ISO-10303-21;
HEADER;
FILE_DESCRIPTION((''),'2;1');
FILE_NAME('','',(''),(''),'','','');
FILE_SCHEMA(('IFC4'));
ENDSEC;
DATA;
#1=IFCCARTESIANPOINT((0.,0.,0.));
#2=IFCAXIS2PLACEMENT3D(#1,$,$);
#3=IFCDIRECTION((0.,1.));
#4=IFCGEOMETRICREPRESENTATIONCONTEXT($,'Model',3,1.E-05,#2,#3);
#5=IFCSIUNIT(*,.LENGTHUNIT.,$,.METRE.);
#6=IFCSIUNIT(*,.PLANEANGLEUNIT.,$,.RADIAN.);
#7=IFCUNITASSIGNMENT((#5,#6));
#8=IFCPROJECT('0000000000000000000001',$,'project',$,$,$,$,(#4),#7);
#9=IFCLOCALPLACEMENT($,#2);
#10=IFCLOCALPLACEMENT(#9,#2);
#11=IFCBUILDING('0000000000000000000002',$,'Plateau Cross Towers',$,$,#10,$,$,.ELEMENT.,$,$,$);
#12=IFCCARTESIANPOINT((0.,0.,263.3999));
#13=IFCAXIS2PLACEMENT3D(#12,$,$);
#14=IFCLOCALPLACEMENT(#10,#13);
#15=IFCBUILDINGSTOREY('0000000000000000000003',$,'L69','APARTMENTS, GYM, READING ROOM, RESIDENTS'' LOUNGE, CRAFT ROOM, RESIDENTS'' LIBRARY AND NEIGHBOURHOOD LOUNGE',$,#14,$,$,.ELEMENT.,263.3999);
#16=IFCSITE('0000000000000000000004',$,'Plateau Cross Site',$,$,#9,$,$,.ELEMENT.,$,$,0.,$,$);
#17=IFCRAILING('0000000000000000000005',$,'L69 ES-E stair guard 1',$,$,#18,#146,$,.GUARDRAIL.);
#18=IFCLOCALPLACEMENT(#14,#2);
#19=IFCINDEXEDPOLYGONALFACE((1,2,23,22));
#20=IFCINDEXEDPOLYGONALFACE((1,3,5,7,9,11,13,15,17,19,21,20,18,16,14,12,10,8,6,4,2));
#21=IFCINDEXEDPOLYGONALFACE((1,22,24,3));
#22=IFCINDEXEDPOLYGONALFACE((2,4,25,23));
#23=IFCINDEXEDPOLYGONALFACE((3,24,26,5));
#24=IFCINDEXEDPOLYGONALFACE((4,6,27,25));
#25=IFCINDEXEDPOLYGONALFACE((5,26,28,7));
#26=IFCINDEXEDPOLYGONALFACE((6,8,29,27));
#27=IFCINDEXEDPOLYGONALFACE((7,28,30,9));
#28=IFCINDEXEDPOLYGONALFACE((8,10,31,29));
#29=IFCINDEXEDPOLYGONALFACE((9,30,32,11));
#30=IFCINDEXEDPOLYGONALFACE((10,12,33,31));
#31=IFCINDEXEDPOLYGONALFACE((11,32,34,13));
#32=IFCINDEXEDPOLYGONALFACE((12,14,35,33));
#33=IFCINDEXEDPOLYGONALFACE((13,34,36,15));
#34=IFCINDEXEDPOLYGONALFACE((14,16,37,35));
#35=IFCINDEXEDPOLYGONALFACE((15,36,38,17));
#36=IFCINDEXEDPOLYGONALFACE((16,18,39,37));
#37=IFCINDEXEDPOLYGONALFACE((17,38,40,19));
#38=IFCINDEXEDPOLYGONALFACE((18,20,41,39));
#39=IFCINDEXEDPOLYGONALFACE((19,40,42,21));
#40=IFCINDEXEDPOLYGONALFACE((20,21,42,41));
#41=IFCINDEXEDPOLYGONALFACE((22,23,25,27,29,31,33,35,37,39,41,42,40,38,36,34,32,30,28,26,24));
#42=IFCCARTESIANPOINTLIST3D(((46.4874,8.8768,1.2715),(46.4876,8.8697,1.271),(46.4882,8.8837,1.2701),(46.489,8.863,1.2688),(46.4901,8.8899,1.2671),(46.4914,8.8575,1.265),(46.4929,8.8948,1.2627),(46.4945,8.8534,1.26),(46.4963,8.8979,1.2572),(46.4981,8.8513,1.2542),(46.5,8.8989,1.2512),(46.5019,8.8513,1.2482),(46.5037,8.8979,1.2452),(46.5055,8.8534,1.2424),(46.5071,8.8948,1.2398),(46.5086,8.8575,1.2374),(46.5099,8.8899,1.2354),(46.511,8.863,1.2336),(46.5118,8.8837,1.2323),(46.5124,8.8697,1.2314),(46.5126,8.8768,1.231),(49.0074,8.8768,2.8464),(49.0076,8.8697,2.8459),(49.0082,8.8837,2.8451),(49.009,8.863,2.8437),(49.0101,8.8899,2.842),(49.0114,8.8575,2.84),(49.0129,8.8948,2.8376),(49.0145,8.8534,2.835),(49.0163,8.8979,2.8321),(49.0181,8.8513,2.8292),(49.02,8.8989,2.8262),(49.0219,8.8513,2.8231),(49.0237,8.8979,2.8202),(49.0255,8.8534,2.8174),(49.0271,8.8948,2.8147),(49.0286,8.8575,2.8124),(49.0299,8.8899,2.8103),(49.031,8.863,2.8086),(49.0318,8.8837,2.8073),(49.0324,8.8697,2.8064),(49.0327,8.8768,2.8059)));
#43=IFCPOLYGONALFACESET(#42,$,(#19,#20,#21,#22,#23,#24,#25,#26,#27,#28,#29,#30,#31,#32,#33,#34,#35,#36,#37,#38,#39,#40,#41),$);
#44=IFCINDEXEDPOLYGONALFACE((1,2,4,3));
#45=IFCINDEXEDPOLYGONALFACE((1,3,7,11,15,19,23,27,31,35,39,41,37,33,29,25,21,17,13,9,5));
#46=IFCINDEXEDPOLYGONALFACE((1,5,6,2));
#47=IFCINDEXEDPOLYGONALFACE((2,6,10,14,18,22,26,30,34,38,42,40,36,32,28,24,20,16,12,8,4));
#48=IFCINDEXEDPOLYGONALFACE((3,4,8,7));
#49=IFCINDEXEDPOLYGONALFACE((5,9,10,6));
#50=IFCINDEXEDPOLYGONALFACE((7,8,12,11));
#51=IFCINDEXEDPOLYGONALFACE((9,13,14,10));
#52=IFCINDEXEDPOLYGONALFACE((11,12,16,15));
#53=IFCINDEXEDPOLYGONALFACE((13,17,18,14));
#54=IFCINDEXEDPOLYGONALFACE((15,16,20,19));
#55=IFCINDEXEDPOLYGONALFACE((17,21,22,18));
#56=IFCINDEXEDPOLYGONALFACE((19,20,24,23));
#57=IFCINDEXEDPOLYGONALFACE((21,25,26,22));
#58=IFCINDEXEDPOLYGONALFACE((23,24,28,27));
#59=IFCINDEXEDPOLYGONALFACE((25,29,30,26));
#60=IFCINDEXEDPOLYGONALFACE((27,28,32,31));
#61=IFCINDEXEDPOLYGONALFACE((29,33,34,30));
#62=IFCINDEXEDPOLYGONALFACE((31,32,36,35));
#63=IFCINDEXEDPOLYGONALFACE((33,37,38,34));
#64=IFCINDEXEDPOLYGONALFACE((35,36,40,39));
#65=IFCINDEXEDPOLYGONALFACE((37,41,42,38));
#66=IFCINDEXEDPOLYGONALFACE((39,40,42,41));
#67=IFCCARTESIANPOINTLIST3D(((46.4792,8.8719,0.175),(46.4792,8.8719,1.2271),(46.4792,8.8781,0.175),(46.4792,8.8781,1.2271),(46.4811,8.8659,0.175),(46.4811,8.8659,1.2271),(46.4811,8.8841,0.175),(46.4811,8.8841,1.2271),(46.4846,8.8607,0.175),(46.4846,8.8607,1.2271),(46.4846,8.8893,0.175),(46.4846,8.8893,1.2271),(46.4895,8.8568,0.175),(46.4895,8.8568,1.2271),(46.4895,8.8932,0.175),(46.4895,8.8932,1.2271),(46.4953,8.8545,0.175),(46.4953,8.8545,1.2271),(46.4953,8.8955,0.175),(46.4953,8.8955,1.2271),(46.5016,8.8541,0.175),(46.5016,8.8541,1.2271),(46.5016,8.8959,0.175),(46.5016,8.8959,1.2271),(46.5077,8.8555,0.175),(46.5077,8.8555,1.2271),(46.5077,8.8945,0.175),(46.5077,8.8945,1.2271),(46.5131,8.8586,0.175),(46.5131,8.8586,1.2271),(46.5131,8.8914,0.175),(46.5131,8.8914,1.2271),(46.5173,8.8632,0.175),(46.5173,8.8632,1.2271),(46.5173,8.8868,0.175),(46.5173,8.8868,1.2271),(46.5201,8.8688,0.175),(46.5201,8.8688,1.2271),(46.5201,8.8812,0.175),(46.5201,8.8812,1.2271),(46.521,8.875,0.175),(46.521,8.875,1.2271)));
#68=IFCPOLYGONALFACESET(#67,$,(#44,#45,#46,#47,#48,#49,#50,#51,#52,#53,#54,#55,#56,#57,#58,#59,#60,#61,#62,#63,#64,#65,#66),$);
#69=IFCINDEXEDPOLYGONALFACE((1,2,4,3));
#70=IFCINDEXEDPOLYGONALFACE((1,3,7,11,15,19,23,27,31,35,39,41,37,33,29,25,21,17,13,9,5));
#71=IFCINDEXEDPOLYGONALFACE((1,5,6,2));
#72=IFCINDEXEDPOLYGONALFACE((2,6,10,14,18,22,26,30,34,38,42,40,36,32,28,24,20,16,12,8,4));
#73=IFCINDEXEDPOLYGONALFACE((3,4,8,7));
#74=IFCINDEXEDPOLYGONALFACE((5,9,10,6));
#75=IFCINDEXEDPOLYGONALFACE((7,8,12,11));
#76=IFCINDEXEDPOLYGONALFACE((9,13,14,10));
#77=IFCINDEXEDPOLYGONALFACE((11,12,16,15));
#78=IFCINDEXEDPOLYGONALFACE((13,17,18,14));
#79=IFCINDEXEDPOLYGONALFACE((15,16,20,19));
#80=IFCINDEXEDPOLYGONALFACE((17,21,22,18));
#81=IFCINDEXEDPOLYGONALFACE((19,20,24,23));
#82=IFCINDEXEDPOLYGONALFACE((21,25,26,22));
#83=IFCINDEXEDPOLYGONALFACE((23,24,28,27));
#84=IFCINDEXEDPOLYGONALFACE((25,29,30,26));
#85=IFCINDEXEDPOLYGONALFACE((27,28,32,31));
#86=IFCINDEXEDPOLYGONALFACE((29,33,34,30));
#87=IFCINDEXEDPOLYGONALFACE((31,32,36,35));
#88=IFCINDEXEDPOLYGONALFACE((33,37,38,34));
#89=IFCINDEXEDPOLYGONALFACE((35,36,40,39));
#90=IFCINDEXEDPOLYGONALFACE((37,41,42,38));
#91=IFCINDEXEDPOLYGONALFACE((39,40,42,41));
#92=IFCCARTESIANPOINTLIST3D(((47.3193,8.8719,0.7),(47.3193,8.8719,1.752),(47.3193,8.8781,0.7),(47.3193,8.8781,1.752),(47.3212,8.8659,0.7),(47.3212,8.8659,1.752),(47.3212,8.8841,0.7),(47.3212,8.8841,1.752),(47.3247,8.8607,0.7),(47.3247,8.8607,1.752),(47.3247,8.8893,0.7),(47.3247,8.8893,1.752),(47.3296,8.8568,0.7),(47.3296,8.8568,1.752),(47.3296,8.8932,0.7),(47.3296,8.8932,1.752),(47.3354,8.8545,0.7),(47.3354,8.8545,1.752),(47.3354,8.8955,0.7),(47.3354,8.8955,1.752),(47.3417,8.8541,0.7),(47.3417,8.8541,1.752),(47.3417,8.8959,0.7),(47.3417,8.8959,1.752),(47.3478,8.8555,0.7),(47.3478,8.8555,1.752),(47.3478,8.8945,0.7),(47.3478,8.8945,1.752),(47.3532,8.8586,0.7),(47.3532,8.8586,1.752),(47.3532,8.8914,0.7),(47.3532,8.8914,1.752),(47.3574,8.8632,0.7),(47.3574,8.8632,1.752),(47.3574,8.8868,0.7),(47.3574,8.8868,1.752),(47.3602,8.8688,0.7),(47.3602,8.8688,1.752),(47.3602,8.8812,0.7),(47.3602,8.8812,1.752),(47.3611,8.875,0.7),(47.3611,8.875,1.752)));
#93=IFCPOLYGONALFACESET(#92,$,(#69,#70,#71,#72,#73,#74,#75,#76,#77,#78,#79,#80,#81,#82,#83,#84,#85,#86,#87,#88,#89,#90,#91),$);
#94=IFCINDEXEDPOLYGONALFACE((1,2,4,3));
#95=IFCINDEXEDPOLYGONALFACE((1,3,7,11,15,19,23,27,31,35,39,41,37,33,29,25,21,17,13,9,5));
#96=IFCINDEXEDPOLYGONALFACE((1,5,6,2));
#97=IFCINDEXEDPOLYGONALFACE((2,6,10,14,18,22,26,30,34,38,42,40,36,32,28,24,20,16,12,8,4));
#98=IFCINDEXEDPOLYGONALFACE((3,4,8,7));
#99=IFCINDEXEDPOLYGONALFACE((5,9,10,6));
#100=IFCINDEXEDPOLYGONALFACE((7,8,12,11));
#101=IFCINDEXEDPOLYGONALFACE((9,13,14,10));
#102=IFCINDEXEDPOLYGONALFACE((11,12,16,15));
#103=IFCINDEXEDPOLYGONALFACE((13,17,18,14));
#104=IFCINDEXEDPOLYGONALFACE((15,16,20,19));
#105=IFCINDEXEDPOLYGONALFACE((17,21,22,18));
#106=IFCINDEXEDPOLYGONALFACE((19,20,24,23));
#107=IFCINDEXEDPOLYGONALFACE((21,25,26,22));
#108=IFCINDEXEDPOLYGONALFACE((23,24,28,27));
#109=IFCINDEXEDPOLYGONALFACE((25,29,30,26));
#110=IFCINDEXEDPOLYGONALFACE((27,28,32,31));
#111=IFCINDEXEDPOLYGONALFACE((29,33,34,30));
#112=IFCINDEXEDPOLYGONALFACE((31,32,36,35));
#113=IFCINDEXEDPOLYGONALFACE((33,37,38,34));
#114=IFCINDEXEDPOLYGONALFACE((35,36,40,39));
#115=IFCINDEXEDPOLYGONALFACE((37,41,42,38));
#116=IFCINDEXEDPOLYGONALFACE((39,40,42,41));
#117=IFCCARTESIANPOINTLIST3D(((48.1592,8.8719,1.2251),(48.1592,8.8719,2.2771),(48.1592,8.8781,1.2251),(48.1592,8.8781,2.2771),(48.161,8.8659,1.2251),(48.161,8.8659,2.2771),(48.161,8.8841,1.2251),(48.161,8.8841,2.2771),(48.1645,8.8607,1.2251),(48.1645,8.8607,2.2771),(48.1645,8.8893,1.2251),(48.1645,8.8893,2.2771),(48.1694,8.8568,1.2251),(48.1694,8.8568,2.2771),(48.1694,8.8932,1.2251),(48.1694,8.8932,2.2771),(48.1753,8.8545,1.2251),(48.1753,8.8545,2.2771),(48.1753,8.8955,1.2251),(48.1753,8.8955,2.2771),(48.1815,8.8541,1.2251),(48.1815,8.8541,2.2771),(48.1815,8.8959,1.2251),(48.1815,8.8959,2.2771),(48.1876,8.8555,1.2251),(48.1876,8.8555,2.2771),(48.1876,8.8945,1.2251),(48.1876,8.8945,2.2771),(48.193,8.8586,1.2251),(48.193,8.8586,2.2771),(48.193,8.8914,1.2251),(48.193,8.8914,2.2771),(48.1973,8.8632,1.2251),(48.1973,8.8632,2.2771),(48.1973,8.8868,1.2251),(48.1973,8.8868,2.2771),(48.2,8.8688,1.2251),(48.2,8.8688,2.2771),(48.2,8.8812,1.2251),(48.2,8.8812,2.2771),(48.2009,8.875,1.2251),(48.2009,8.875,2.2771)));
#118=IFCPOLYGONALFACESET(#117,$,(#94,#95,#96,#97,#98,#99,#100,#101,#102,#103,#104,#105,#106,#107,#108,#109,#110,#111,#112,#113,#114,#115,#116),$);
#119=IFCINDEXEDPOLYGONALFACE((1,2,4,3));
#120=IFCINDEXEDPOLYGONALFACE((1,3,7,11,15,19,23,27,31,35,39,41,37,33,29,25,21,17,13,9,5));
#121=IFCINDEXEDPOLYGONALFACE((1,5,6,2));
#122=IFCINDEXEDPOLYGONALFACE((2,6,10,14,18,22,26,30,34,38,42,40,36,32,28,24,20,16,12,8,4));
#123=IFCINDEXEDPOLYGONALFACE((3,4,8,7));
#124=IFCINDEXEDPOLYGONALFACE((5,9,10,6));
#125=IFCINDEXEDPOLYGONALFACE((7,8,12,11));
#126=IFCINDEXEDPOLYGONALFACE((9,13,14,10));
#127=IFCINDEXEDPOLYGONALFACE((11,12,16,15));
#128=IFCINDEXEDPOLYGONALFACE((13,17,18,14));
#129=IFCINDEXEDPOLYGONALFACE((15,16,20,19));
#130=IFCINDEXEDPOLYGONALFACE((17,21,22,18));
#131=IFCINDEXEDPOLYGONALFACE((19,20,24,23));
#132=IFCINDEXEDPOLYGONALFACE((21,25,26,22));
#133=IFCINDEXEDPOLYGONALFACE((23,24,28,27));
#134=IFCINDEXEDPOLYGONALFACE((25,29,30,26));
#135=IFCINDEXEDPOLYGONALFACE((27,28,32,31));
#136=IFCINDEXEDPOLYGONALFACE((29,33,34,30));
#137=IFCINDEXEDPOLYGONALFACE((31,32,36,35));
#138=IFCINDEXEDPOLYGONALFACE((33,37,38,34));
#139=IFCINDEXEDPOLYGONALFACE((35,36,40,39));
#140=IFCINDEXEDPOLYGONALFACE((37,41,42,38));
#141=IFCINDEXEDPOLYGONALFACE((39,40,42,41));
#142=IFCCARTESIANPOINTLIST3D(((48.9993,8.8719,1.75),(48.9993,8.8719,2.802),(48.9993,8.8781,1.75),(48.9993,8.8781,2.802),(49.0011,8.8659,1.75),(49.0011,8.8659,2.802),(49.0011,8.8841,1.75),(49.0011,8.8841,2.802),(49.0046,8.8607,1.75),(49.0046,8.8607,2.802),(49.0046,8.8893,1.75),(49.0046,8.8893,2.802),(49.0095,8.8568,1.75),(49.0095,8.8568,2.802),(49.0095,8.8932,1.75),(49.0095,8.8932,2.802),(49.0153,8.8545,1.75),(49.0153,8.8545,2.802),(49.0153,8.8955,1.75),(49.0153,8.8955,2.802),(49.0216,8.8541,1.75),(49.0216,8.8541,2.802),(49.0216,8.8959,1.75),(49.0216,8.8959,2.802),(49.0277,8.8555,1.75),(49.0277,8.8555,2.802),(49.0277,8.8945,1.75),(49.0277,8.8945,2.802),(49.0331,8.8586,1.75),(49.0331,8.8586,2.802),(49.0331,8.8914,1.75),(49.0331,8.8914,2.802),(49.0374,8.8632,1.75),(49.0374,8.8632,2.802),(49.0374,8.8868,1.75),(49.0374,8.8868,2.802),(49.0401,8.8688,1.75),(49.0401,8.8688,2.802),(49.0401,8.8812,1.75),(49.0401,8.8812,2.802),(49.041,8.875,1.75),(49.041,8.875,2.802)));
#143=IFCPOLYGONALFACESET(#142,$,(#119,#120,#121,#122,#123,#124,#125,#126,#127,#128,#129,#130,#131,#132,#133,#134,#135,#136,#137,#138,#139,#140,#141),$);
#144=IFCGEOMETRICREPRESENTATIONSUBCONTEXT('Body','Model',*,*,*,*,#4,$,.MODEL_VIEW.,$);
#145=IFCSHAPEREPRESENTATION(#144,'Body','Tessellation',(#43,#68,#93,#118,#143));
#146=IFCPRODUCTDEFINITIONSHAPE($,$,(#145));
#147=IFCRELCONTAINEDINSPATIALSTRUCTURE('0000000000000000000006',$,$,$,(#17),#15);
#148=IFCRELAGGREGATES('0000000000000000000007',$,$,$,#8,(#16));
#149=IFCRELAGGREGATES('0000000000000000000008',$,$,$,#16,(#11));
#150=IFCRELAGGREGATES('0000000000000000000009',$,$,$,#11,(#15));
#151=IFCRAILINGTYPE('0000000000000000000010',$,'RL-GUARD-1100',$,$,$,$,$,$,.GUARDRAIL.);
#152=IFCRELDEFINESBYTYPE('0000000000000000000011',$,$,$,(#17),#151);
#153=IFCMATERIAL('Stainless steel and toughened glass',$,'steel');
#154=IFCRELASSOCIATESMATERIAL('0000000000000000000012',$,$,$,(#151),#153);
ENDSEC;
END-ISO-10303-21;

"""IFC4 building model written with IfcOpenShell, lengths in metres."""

from ifc_helpers import new_model, si_unit, direction, frame, origin, origin_2d, place, context, subcontext, project, spatial, circle, extrude, material, type_object, element, save


model = new_model("IFC4")

# Units and contexts
model_context = context("Model", 3, precision=1e-05, world=origin(), true_north=direction((0.0, 1.0)))
body_context = subcontext(model_context, "Body", "Model", "MODEL_VIEW")
ifc_project = project(units=[si_unit("LENGTHUNIT", "METRE"), si_unit("PLANEANGLEUNIT", "RADIAN")], contexts=[model_context])

# Site, building, storey
site_placement = place(None, origin())
site = spatial("IfcSite", under=ifc_project, at=site_placement, Name="Plateau Cross Site", CompositionType="ELEMENT", RefElevation=0.0)
building_placement = place(site_placement, origin())
building = spatial("IfcBuilding", under=site, at=building_placement, Name="Plateau Cross Towers", CompositionType="ELEMENT")
storey_placement = place(building_placement, frame((0.0, 0.0, 263.3999)))
storey = spatial("IfcBuildingStorey", under=building, at=storey_placement, Name="L69", Description="APARTMENTS, GYM, READING ROOM, RESIDENTS' LOUNGE, CRAFT ROOM, RESIDENTS' LIBRARY AND NEIGHBOURHOOD LOUNGE", CompositionType="ELEMENT", Elevation=263.3999)

# Railing
ifc_material_1 = material(Name="Stainless steel and toughened glass", Category="steel")
railing_type_1 = type_object("IfcRailingType", Name="RL-GUARD-1100", PredefinedType="GUARDRAIL", material=ifc_material_1)
railing_1_placement = place(storey_placement, frame((46.5, 8.875, 0.175)))
element("IfcRailing", 1, at=railing_1_placement, inside=storey, type_object=railing_type_1, Name="L69 ES-E stair guard 1", PredefinedType="GUARDRAIL", context=body_context, shape_type="SweptSolid", body=[
    extrude(circle(Radius=0.0239, at=origin_2d()), frame((0.0, 0.0, 1.0762), z_axis=(0.848008, 0.0, 0.529984), x_axis=(0.0, 1.0, 0.0)), (0.0, 0.0, 1.0), 2.9717),
    extrude(circle(Radius=0.021, at=origin_2d()), origin(), (0.0, 0.0, 1.0), 1.052),
    extrude(circle(Radius=0.021, at=origin_2d()), frame((0.8401, 0.0, 0.5249)), (0.0, 0.0, 1.0), 1.052),
    extrude(circle(Radius=0.021, at=origin_2d()), frame((1.6799, 0.0, 1.05)), (0.0, 0.0, 1.0), 1.052),
    extrude(circle(Radius=0.021, at=origin_2d()), frame((2.52, 0.0, 1.575)), (0.0, 0.0, 1.0), 1.052),
])

save(model, "model.ifc")
